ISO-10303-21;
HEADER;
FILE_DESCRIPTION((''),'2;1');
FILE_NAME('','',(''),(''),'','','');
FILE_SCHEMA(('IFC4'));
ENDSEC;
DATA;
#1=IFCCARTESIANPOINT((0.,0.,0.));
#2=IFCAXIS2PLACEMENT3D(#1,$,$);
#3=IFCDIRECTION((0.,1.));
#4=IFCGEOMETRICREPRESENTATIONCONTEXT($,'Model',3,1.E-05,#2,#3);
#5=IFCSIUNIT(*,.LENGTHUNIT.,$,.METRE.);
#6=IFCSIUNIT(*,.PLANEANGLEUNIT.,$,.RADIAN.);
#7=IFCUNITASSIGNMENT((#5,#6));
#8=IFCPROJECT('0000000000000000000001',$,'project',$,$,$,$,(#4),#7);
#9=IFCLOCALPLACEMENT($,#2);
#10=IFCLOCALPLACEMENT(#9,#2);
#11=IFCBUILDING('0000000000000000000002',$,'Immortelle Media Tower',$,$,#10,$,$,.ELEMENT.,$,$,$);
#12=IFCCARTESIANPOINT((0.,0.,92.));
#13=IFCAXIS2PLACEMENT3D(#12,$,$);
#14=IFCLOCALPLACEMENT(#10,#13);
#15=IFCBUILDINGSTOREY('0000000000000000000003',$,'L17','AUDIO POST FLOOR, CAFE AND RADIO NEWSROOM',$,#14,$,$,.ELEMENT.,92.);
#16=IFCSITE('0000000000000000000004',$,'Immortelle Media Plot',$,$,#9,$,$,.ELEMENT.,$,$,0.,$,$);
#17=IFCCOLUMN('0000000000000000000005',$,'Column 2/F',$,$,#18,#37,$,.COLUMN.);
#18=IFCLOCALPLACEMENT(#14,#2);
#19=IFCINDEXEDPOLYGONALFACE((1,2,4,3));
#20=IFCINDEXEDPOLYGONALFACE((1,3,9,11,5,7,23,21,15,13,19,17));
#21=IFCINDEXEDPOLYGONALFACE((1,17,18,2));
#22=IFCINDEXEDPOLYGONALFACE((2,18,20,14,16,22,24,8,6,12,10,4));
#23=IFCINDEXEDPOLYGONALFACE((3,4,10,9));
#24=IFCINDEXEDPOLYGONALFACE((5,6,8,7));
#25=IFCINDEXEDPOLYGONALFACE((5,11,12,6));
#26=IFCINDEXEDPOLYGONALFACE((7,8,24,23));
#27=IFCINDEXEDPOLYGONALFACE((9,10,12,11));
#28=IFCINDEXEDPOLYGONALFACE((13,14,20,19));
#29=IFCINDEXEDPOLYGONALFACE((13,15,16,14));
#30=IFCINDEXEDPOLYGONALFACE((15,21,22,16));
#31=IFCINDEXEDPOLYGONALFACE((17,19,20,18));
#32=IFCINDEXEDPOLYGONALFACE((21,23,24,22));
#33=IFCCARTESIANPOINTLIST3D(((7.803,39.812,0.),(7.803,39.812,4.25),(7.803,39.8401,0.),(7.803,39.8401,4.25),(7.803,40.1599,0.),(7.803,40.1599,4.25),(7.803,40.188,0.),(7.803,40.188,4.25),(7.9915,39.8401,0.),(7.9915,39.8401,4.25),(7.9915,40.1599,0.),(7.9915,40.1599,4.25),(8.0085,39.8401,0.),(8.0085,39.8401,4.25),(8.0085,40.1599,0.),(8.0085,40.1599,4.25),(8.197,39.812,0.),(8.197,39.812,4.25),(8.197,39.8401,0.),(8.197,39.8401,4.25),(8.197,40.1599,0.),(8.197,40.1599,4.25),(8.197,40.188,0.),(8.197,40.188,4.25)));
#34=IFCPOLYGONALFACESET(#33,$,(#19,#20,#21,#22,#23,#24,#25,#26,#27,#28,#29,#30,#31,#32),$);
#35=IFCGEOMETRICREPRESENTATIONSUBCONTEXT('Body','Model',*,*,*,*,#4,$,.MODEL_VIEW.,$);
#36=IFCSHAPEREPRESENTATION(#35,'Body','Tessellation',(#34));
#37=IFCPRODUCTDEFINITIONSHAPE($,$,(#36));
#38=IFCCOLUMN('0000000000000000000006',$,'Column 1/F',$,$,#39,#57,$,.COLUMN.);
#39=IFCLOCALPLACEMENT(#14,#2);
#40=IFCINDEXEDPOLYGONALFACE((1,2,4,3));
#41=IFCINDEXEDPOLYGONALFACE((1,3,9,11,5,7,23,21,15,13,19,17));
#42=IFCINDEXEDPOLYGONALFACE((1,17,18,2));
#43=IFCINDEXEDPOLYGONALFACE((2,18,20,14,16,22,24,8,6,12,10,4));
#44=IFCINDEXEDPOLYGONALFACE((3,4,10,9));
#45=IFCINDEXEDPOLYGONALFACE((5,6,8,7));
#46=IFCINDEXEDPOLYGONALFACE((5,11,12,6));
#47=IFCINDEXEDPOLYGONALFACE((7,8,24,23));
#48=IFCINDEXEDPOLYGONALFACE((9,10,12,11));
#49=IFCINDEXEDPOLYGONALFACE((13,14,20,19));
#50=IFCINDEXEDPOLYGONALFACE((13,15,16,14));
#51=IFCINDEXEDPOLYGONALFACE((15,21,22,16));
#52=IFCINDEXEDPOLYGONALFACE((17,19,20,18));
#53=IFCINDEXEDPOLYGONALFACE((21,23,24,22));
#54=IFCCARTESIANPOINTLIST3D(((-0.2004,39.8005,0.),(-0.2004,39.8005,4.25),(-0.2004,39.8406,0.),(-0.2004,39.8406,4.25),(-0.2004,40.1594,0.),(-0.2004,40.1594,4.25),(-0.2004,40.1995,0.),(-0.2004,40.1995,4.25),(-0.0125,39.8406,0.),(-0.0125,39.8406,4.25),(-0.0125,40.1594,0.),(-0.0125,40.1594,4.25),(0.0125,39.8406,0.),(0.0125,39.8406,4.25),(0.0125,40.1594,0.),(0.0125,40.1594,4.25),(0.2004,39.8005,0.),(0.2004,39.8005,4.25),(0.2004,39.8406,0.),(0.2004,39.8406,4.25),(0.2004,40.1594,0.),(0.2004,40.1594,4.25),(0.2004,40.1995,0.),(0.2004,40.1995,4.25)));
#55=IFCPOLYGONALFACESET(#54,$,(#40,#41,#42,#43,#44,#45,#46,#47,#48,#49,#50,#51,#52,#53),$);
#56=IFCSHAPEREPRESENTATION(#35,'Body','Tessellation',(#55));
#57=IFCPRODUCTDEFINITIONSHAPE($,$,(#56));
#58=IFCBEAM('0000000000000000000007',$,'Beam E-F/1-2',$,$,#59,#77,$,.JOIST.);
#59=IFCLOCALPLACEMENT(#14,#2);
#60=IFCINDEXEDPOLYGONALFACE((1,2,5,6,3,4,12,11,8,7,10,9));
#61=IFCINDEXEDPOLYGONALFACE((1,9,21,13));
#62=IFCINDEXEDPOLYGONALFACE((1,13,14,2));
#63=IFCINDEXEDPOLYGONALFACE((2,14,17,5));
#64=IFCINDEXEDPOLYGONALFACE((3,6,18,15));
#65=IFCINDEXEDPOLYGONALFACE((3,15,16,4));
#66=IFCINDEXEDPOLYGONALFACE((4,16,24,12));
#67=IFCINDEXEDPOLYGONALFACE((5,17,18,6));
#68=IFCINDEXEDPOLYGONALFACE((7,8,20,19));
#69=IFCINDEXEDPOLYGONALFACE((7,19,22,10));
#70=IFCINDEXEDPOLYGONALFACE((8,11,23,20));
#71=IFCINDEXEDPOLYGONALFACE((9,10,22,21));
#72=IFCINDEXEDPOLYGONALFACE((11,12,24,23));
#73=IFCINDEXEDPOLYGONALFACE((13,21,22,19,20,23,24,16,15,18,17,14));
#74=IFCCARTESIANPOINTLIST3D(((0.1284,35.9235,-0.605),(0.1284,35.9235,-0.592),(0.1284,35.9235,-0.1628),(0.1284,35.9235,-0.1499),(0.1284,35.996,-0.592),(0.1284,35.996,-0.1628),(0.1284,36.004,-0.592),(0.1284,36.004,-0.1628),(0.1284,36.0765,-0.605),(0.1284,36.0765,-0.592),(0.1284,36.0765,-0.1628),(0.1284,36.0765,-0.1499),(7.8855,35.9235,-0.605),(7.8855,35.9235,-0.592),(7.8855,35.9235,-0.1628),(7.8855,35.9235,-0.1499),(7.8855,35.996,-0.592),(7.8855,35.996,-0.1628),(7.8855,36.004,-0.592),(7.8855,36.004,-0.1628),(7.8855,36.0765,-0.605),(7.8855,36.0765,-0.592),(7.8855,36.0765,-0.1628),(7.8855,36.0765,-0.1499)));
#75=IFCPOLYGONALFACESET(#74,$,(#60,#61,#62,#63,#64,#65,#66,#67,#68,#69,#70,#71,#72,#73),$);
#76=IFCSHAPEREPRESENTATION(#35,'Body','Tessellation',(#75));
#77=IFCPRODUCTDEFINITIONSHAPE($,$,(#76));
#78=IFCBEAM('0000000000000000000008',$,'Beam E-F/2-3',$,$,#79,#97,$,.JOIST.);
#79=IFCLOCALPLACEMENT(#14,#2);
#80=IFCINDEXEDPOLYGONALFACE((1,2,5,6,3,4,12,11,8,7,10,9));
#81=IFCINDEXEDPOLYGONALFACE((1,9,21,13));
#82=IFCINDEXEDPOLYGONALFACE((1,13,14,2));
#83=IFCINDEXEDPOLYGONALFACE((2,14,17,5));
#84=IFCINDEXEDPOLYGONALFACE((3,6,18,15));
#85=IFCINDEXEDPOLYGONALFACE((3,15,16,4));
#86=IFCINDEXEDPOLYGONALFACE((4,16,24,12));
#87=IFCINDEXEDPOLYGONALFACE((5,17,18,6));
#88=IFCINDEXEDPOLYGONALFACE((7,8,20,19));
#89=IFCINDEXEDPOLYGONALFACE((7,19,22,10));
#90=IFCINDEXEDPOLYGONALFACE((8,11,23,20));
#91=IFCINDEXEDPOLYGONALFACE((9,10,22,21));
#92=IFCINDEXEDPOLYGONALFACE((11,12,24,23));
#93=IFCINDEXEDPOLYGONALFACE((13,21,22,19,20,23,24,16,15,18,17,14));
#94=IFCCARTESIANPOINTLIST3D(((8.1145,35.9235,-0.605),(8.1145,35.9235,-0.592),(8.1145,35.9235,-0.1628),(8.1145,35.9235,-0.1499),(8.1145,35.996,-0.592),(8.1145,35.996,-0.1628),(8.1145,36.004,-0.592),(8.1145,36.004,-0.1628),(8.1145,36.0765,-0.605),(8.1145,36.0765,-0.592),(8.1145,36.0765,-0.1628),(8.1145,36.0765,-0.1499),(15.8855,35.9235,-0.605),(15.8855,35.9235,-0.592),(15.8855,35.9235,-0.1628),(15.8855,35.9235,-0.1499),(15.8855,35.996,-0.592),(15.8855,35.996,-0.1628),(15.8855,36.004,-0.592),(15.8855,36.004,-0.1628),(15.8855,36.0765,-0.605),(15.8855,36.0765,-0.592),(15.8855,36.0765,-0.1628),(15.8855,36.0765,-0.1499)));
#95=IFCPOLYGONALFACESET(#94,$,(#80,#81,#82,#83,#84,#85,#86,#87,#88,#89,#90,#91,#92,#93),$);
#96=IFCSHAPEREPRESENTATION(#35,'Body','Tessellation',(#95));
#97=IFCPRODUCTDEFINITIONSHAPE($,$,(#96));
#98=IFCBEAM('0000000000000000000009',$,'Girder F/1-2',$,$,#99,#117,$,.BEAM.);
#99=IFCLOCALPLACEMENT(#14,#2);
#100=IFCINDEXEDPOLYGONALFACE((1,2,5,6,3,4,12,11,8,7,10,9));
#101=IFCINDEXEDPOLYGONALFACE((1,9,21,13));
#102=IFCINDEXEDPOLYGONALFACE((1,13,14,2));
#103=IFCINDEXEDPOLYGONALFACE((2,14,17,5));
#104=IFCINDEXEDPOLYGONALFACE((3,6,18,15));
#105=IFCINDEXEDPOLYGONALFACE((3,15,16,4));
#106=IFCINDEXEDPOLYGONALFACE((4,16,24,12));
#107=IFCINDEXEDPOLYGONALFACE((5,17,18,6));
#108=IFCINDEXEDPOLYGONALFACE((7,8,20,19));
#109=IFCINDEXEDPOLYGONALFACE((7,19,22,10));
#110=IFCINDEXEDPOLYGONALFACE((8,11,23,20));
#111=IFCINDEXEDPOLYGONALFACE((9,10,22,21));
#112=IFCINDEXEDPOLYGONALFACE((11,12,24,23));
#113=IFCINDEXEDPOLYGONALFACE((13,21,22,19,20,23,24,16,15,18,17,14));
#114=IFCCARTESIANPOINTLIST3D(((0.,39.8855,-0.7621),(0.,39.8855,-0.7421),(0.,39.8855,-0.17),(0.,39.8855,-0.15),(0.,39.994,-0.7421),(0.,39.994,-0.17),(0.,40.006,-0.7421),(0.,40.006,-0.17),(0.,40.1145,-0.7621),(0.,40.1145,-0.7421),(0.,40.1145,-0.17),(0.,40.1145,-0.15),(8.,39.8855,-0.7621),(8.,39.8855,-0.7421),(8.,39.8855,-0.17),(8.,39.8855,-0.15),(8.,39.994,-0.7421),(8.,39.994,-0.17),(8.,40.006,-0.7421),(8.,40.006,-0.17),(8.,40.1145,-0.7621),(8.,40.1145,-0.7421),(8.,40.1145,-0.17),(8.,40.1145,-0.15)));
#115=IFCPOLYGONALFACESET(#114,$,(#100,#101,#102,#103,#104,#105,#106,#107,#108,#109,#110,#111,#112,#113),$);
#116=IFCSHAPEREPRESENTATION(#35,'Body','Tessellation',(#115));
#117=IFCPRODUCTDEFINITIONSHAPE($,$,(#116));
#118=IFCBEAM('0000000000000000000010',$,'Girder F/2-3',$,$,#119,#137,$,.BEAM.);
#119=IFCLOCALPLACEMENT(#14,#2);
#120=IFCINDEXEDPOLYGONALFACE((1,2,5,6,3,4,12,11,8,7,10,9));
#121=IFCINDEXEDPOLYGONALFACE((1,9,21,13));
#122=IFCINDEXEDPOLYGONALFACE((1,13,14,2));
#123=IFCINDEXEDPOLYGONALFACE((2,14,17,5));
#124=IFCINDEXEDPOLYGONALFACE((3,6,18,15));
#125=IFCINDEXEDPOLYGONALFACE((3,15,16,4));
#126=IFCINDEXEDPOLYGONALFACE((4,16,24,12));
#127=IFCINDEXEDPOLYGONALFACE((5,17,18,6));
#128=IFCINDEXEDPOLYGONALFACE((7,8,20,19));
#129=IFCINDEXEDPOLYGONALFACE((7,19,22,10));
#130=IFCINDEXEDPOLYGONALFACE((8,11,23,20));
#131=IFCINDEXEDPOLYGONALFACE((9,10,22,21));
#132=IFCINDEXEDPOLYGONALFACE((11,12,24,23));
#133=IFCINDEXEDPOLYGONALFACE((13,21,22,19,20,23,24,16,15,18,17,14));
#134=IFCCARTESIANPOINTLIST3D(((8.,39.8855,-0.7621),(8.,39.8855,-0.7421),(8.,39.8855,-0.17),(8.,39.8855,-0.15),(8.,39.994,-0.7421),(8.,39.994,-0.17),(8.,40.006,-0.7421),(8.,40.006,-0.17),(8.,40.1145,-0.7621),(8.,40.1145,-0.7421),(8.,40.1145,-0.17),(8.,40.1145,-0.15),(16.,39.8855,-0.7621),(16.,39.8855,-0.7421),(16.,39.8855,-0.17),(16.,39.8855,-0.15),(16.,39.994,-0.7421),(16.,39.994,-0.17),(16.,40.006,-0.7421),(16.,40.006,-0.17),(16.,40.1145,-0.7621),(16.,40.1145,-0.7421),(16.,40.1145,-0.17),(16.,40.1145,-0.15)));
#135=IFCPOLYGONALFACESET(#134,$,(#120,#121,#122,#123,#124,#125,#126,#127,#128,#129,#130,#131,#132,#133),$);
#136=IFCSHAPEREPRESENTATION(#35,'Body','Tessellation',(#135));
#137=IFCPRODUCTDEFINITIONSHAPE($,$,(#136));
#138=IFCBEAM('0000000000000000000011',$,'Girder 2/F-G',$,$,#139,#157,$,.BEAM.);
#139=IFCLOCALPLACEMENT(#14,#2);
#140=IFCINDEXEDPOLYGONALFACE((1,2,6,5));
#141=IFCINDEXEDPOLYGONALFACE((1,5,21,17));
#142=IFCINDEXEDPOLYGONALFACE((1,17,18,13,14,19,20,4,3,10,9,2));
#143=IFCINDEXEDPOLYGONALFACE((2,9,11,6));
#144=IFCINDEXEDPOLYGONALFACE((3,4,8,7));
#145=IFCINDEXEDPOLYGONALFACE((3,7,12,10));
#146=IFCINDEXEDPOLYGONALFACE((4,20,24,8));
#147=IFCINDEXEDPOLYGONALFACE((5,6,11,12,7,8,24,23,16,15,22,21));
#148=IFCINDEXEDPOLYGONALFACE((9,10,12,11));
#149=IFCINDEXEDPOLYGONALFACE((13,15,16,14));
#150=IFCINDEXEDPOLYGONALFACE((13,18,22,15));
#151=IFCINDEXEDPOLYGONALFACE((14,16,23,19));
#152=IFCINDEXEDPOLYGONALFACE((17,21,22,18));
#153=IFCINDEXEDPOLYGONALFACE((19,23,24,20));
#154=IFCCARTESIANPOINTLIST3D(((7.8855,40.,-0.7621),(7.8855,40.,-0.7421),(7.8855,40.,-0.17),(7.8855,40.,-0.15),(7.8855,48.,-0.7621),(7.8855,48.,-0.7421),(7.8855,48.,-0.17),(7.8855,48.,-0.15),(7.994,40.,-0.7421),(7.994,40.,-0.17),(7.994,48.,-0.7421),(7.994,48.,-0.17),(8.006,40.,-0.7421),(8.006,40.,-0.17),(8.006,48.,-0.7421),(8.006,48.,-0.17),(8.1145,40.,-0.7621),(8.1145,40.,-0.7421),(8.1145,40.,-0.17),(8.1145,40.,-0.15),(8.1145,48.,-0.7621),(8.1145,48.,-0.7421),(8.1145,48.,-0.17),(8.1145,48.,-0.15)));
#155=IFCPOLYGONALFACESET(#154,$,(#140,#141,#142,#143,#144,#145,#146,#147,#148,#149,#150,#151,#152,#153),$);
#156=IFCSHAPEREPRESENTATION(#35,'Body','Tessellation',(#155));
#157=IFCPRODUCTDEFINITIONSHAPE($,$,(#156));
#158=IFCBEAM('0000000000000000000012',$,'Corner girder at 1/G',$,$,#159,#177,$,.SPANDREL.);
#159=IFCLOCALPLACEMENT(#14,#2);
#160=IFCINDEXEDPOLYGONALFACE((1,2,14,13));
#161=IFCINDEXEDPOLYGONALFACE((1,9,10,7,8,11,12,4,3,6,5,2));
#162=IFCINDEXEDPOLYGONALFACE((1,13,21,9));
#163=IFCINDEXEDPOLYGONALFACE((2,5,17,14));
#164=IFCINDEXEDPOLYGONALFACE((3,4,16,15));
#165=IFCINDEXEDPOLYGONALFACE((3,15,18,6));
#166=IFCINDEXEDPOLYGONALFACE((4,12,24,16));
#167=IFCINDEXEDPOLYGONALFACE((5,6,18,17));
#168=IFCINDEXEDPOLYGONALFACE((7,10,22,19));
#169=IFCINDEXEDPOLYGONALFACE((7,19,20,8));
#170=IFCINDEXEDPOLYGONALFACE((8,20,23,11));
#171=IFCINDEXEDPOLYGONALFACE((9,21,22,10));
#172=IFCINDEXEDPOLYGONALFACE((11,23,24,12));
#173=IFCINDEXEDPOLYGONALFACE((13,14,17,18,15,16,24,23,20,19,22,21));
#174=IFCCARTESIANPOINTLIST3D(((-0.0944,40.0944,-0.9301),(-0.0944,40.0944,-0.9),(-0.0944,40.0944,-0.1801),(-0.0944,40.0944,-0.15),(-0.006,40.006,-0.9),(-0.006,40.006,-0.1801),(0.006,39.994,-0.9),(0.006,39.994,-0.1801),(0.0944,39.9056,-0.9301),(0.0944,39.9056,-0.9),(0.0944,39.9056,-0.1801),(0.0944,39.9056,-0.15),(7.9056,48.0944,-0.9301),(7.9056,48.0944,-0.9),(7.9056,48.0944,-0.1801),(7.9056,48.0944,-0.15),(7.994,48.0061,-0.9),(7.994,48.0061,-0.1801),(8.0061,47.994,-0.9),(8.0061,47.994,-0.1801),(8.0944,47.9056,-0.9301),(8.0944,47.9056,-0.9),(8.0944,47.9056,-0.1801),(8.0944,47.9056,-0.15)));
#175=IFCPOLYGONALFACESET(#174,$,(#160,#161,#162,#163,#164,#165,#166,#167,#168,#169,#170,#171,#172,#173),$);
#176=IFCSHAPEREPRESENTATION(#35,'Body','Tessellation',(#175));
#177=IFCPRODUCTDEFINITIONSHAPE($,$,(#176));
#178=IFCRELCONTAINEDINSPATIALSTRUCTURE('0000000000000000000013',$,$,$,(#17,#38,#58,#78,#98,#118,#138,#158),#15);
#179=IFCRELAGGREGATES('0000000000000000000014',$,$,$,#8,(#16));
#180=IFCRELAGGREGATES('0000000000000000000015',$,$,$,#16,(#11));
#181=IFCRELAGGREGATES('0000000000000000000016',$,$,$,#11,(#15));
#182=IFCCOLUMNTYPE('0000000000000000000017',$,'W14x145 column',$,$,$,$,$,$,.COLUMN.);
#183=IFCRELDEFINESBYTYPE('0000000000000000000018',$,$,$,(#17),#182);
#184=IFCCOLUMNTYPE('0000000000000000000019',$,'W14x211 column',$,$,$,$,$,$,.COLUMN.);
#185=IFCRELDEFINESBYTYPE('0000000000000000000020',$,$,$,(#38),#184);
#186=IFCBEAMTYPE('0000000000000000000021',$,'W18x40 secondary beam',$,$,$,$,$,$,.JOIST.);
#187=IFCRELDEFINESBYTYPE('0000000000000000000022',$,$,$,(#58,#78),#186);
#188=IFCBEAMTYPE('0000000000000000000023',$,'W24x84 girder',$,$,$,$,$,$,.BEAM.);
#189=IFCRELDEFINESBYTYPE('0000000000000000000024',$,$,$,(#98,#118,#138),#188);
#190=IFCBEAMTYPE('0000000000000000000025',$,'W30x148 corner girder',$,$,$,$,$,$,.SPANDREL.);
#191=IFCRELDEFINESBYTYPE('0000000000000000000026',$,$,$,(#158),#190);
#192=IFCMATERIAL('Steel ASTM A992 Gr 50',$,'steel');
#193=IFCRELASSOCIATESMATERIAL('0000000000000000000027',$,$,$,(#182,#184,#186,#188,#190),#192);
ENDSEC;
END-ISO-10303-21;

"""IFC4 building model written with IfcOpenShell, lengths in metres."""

from ifc_helpers import new_model, si_unit, direction, frame, origin, origin_2d, place, context, subcontext, project, spatial, i_section, extrude, material, material_profile, profile_set, type_object, element, save


model = new_model("IFC4")

# Units and contexts
model_context = context("Model", 3, precision=1e-05, world=origin(), true_north=direction((0.0, 1.0)))
body_context = subcontext(model_context, "Body", "Model", "MODEL_VIEW")
ifc_project = project(units=[si_unit("LENGTHUNIT", "METRE"), si_unit("PLANEANGLEUNIT", "RADIAN")], contexts=[model_context])

# Site, building, storey
site_placement = place(None, origin())
site = spatial("IfcSite", under=ifc_project, at=site_placement, Name="Immortelle Media Plot", CompositionType="ELEMENT", RefElevation=0.0)
building_placement = place(site_placement, origin())
building = spatial("IfcBuilding", under=site, at=building_placement, Name="Immortelle Media Tower", CompositionType="ELEMENT")
storey_placement = place(building_placement, frame((0.0, 0.0, 92.0)))
storey = spatial("IfcBuildingStorey", under=building, at=storey_placement, Name="L17", Description="AUDIO POST FLOOR, CAFE AND RADIO NEWSROOM", CompositionType="ELEMENT", Elevation=92.0)

# Columns
ifc_material_1 = material(Name="Steel ASTM A992 Gr 50", Category="steel")
ifc_material_profile_1 = material_profile(ifc_material_1, i_section(OverallWidth=0.394, OverallDepth=0.376, WebThickness=0.0171, FlangeThickness=0.0281, at=origin_2d()), Name="W14x145")
ifc_profile_set_1 = profile_set([ifc_material_profile_1], Name="Steel ASTM A992 Gr 50")
column_type_1 = type_object("IfcColumnType", Name="W14x145 column", PredefinedType="COLUMN", material=ifc_profile_set_1)
column_1_placement = place(storey_placement, frame((8.0, 40.0, 0.0), z_axis=(0.0, 0.0, 1.0), x_axis=(1.0, 0.0, 0.0)))
element("IfcColumn", 1, at=column_1_placement, inside=storey, type_object=column_type_1, Name="Column 2/F", PredefinedType="COLUMN", context=body_context, shape_type="SweptSolid", body=[
    extrude(i_section(OverallWidth=0.394, OverallDepth=0.376, WebThickness=0.0171, FlangeThickness=0.0281, at=origin_2d()), origin(), (0.0, 0.0, 1.0), 4.25),
])
ifc_material_profile_2 = material_profile(ifc_material_1, i_section(OverallWidth=0.4009, OverallDepth=0.3989, WebThickness=0.0249, FlangeThickness=0.04, at=origin_2d()), Name="W14x211")
ifc_profile_set_2 = profile_set([ifc_material_profile_2], Name="Steel ASTM A992 Gr 50")
column_type_2 = type_object("IfcColumnType", Name="W14x211 column", PredefinedType="COLUMN", material=ifc_profile_set_2)
column_2_placement = place(storey_placement, frame((0.0, 40.0, 0.0), z_axis=(0.0, 0.0, 1.0), x_axis=(1.0, 0.0, 0.0)))
element("IfcColumn", 2, at=column_2_placement, inside=storey, type_object=column_type_2, Name="Column 1/F", PredefinedType="COLUMN", context=body_context, shape_type="SweptSolid", body=[
    extrude(i_section(OverallWidth=0.4009, OverallDepth=0.3989, WebThickness=0.0249, FlangeThickness=0.04, at=origin_2d()), origin(), (0.0, 0.0, 1.0), 4.25),
])

# Beams
ifc_material_profile_3 = material_profile(ifc_material_1, i_section(OverallWidth=0.1531, OverallDepth=0.4551, WebThickness=0.0081, FlangeThickness=0.0129, at=origin_2d()), Name="W18x40")
ifc_profile_set_3 = profile_set([ifc_material_profile_3], Name="Steel ASTM A992 Gr 50")
beam_type_1 = type_object("IfcBeamType", Name="W18x40 secondary beam", PredefinedType="JOIST", material=ifc_profile_set_3)
beam_1_placement = place(storey_placement, frame((0.1284, 36.0, -0.3774), z_axis=(1.0, 0.0, 0.0), x_axis=(0.0, 1.0, 0.0)))
element("IfcBeam", 3, at=beam_1_placement, inside=storey, type_object=beam_type_1, Name="Beam E-F/1-2", PredefinedType="JOIST", context=body_context, shape_type="SweptSolid", body=[
    extrude(i_section(OverallWidth=0.1531, OverallDepth=0.4551, WebThickness=0.0081, FlangeThickness=0.0129, at=origin_2d()), origin(), (0.0, 0.0, 1.0), 7.7571),
])
beam_2_placement = place(storey_placement, frame((8.1145, 36.0, -0.3774), z_axis=(1.0, 0.0, 0.0), x_axis=(0.0, 1.0, 0.0)))
element("IfcBeam", 4, at=beam_2_placement, inside=storey, type_object=beam_type_1, Name="Beam E-F/2-3", PredefinedType="JOIST", context=body_context, shape_type="SweptSolid", body=[
    extrude(i_section(OverallWidth=0.1531, OverallDepth=0.4551, WebThickness=0.0081, FlangeThickness=0.0129, at=origin_2d()), origin(), (0.0, 0.0, 1.0), 7.771),
])
ifc_material_profile_4 = material_profile(ifc_material_1, i_section(OverallWidth=0.229, OverallDepth=0.6121, WebThickness=0.012, FlangeThickness=0.02, at=origin_2d()), Name="W24x84")
ifc_profile_set_4 = profile_set([ifc_material_profile_4], Name="Steel ASTM A992 Gr 50")
beam_type_2 = type_object("IfcBeamType", Name="W24x84 girder", PredefinedType="BEAM", material=ifc_profile_set_4)
for number, where, z_axis, x_axis, name in (
    (5, (0.0, 40.0, -0.4561), (1.0, 0.0, 0.0), (0.0, 1.0, 0.0), "Girder F/1-2"),
    (6, (8.0, 40.0, -0.4561), (1.0, 0.0, 0.0), (0.0, 1.0, 0.0), "Girder F/2-3"),
    (7, (8.0, 40.0, -0.4561), (0.0, 1.0, 0.0), (-1.0, 0.0, 0.0), "Girder 2/F-G"),
):
    element("IfcBeam", number, at=place(storey_placement, frame(where, z_axis=z_axis, x_axis=x_axis)), inside=storey, type_object=beam_type_2, Name=name, PredefinedType="BEAM", context=body_context, shape_type="SweptSolid", body=[
        extrude(i_section(OverallWidth=0.229, OverallDepth=0.6121, WebThickness=0.012, FlangeThickness=0.02, at=origin_2d()), origin(), (0.0, 0.0, 1.0), 8.0),
    ])
ifc_material_profile_5 = material_profile(ifc_material_1, i_section(OverallWidth=0.2671, OverallDepth=0.78, WebThickness=0.0171, FlangeThickness=0.03, at=origin_2d()), Name="W30x148")
ifc_profile_set_5 = profile_set([ifc_material_profile_5], Name="Steel ASTM A992 Gr 50")
beam_type_3 = type_object("IfcBeamType", Name="W30x148 corner girder", PredefinedType="SPANDREL", material=ifc_profile_set_5)
beam_3_placement = place(storey_placement, frame((0.0, 40.0, -0.54), z_axis=(0.707107, 0.707107, 0.0), x_axis=(-0.707107, 0.707107, 0.0)))
element("IfcBeam", 8, at=beam_3_placement, inside=storey, type_object=beam_type_3, Name="Corner girder at 1/G", PredefinedType="SPANDREL", context=body_context, shape_type="SweptSolid", body=[
    extrude(i_section(OverallWidth=0.2671, OverallDepth=0.78, WebThickness=0.0171, FlangeThickness=0.03, at=origin_2d()), origin(), (0.0, 0.0, 1.0), 11.3137),
])

save(model, "model.ifc")
